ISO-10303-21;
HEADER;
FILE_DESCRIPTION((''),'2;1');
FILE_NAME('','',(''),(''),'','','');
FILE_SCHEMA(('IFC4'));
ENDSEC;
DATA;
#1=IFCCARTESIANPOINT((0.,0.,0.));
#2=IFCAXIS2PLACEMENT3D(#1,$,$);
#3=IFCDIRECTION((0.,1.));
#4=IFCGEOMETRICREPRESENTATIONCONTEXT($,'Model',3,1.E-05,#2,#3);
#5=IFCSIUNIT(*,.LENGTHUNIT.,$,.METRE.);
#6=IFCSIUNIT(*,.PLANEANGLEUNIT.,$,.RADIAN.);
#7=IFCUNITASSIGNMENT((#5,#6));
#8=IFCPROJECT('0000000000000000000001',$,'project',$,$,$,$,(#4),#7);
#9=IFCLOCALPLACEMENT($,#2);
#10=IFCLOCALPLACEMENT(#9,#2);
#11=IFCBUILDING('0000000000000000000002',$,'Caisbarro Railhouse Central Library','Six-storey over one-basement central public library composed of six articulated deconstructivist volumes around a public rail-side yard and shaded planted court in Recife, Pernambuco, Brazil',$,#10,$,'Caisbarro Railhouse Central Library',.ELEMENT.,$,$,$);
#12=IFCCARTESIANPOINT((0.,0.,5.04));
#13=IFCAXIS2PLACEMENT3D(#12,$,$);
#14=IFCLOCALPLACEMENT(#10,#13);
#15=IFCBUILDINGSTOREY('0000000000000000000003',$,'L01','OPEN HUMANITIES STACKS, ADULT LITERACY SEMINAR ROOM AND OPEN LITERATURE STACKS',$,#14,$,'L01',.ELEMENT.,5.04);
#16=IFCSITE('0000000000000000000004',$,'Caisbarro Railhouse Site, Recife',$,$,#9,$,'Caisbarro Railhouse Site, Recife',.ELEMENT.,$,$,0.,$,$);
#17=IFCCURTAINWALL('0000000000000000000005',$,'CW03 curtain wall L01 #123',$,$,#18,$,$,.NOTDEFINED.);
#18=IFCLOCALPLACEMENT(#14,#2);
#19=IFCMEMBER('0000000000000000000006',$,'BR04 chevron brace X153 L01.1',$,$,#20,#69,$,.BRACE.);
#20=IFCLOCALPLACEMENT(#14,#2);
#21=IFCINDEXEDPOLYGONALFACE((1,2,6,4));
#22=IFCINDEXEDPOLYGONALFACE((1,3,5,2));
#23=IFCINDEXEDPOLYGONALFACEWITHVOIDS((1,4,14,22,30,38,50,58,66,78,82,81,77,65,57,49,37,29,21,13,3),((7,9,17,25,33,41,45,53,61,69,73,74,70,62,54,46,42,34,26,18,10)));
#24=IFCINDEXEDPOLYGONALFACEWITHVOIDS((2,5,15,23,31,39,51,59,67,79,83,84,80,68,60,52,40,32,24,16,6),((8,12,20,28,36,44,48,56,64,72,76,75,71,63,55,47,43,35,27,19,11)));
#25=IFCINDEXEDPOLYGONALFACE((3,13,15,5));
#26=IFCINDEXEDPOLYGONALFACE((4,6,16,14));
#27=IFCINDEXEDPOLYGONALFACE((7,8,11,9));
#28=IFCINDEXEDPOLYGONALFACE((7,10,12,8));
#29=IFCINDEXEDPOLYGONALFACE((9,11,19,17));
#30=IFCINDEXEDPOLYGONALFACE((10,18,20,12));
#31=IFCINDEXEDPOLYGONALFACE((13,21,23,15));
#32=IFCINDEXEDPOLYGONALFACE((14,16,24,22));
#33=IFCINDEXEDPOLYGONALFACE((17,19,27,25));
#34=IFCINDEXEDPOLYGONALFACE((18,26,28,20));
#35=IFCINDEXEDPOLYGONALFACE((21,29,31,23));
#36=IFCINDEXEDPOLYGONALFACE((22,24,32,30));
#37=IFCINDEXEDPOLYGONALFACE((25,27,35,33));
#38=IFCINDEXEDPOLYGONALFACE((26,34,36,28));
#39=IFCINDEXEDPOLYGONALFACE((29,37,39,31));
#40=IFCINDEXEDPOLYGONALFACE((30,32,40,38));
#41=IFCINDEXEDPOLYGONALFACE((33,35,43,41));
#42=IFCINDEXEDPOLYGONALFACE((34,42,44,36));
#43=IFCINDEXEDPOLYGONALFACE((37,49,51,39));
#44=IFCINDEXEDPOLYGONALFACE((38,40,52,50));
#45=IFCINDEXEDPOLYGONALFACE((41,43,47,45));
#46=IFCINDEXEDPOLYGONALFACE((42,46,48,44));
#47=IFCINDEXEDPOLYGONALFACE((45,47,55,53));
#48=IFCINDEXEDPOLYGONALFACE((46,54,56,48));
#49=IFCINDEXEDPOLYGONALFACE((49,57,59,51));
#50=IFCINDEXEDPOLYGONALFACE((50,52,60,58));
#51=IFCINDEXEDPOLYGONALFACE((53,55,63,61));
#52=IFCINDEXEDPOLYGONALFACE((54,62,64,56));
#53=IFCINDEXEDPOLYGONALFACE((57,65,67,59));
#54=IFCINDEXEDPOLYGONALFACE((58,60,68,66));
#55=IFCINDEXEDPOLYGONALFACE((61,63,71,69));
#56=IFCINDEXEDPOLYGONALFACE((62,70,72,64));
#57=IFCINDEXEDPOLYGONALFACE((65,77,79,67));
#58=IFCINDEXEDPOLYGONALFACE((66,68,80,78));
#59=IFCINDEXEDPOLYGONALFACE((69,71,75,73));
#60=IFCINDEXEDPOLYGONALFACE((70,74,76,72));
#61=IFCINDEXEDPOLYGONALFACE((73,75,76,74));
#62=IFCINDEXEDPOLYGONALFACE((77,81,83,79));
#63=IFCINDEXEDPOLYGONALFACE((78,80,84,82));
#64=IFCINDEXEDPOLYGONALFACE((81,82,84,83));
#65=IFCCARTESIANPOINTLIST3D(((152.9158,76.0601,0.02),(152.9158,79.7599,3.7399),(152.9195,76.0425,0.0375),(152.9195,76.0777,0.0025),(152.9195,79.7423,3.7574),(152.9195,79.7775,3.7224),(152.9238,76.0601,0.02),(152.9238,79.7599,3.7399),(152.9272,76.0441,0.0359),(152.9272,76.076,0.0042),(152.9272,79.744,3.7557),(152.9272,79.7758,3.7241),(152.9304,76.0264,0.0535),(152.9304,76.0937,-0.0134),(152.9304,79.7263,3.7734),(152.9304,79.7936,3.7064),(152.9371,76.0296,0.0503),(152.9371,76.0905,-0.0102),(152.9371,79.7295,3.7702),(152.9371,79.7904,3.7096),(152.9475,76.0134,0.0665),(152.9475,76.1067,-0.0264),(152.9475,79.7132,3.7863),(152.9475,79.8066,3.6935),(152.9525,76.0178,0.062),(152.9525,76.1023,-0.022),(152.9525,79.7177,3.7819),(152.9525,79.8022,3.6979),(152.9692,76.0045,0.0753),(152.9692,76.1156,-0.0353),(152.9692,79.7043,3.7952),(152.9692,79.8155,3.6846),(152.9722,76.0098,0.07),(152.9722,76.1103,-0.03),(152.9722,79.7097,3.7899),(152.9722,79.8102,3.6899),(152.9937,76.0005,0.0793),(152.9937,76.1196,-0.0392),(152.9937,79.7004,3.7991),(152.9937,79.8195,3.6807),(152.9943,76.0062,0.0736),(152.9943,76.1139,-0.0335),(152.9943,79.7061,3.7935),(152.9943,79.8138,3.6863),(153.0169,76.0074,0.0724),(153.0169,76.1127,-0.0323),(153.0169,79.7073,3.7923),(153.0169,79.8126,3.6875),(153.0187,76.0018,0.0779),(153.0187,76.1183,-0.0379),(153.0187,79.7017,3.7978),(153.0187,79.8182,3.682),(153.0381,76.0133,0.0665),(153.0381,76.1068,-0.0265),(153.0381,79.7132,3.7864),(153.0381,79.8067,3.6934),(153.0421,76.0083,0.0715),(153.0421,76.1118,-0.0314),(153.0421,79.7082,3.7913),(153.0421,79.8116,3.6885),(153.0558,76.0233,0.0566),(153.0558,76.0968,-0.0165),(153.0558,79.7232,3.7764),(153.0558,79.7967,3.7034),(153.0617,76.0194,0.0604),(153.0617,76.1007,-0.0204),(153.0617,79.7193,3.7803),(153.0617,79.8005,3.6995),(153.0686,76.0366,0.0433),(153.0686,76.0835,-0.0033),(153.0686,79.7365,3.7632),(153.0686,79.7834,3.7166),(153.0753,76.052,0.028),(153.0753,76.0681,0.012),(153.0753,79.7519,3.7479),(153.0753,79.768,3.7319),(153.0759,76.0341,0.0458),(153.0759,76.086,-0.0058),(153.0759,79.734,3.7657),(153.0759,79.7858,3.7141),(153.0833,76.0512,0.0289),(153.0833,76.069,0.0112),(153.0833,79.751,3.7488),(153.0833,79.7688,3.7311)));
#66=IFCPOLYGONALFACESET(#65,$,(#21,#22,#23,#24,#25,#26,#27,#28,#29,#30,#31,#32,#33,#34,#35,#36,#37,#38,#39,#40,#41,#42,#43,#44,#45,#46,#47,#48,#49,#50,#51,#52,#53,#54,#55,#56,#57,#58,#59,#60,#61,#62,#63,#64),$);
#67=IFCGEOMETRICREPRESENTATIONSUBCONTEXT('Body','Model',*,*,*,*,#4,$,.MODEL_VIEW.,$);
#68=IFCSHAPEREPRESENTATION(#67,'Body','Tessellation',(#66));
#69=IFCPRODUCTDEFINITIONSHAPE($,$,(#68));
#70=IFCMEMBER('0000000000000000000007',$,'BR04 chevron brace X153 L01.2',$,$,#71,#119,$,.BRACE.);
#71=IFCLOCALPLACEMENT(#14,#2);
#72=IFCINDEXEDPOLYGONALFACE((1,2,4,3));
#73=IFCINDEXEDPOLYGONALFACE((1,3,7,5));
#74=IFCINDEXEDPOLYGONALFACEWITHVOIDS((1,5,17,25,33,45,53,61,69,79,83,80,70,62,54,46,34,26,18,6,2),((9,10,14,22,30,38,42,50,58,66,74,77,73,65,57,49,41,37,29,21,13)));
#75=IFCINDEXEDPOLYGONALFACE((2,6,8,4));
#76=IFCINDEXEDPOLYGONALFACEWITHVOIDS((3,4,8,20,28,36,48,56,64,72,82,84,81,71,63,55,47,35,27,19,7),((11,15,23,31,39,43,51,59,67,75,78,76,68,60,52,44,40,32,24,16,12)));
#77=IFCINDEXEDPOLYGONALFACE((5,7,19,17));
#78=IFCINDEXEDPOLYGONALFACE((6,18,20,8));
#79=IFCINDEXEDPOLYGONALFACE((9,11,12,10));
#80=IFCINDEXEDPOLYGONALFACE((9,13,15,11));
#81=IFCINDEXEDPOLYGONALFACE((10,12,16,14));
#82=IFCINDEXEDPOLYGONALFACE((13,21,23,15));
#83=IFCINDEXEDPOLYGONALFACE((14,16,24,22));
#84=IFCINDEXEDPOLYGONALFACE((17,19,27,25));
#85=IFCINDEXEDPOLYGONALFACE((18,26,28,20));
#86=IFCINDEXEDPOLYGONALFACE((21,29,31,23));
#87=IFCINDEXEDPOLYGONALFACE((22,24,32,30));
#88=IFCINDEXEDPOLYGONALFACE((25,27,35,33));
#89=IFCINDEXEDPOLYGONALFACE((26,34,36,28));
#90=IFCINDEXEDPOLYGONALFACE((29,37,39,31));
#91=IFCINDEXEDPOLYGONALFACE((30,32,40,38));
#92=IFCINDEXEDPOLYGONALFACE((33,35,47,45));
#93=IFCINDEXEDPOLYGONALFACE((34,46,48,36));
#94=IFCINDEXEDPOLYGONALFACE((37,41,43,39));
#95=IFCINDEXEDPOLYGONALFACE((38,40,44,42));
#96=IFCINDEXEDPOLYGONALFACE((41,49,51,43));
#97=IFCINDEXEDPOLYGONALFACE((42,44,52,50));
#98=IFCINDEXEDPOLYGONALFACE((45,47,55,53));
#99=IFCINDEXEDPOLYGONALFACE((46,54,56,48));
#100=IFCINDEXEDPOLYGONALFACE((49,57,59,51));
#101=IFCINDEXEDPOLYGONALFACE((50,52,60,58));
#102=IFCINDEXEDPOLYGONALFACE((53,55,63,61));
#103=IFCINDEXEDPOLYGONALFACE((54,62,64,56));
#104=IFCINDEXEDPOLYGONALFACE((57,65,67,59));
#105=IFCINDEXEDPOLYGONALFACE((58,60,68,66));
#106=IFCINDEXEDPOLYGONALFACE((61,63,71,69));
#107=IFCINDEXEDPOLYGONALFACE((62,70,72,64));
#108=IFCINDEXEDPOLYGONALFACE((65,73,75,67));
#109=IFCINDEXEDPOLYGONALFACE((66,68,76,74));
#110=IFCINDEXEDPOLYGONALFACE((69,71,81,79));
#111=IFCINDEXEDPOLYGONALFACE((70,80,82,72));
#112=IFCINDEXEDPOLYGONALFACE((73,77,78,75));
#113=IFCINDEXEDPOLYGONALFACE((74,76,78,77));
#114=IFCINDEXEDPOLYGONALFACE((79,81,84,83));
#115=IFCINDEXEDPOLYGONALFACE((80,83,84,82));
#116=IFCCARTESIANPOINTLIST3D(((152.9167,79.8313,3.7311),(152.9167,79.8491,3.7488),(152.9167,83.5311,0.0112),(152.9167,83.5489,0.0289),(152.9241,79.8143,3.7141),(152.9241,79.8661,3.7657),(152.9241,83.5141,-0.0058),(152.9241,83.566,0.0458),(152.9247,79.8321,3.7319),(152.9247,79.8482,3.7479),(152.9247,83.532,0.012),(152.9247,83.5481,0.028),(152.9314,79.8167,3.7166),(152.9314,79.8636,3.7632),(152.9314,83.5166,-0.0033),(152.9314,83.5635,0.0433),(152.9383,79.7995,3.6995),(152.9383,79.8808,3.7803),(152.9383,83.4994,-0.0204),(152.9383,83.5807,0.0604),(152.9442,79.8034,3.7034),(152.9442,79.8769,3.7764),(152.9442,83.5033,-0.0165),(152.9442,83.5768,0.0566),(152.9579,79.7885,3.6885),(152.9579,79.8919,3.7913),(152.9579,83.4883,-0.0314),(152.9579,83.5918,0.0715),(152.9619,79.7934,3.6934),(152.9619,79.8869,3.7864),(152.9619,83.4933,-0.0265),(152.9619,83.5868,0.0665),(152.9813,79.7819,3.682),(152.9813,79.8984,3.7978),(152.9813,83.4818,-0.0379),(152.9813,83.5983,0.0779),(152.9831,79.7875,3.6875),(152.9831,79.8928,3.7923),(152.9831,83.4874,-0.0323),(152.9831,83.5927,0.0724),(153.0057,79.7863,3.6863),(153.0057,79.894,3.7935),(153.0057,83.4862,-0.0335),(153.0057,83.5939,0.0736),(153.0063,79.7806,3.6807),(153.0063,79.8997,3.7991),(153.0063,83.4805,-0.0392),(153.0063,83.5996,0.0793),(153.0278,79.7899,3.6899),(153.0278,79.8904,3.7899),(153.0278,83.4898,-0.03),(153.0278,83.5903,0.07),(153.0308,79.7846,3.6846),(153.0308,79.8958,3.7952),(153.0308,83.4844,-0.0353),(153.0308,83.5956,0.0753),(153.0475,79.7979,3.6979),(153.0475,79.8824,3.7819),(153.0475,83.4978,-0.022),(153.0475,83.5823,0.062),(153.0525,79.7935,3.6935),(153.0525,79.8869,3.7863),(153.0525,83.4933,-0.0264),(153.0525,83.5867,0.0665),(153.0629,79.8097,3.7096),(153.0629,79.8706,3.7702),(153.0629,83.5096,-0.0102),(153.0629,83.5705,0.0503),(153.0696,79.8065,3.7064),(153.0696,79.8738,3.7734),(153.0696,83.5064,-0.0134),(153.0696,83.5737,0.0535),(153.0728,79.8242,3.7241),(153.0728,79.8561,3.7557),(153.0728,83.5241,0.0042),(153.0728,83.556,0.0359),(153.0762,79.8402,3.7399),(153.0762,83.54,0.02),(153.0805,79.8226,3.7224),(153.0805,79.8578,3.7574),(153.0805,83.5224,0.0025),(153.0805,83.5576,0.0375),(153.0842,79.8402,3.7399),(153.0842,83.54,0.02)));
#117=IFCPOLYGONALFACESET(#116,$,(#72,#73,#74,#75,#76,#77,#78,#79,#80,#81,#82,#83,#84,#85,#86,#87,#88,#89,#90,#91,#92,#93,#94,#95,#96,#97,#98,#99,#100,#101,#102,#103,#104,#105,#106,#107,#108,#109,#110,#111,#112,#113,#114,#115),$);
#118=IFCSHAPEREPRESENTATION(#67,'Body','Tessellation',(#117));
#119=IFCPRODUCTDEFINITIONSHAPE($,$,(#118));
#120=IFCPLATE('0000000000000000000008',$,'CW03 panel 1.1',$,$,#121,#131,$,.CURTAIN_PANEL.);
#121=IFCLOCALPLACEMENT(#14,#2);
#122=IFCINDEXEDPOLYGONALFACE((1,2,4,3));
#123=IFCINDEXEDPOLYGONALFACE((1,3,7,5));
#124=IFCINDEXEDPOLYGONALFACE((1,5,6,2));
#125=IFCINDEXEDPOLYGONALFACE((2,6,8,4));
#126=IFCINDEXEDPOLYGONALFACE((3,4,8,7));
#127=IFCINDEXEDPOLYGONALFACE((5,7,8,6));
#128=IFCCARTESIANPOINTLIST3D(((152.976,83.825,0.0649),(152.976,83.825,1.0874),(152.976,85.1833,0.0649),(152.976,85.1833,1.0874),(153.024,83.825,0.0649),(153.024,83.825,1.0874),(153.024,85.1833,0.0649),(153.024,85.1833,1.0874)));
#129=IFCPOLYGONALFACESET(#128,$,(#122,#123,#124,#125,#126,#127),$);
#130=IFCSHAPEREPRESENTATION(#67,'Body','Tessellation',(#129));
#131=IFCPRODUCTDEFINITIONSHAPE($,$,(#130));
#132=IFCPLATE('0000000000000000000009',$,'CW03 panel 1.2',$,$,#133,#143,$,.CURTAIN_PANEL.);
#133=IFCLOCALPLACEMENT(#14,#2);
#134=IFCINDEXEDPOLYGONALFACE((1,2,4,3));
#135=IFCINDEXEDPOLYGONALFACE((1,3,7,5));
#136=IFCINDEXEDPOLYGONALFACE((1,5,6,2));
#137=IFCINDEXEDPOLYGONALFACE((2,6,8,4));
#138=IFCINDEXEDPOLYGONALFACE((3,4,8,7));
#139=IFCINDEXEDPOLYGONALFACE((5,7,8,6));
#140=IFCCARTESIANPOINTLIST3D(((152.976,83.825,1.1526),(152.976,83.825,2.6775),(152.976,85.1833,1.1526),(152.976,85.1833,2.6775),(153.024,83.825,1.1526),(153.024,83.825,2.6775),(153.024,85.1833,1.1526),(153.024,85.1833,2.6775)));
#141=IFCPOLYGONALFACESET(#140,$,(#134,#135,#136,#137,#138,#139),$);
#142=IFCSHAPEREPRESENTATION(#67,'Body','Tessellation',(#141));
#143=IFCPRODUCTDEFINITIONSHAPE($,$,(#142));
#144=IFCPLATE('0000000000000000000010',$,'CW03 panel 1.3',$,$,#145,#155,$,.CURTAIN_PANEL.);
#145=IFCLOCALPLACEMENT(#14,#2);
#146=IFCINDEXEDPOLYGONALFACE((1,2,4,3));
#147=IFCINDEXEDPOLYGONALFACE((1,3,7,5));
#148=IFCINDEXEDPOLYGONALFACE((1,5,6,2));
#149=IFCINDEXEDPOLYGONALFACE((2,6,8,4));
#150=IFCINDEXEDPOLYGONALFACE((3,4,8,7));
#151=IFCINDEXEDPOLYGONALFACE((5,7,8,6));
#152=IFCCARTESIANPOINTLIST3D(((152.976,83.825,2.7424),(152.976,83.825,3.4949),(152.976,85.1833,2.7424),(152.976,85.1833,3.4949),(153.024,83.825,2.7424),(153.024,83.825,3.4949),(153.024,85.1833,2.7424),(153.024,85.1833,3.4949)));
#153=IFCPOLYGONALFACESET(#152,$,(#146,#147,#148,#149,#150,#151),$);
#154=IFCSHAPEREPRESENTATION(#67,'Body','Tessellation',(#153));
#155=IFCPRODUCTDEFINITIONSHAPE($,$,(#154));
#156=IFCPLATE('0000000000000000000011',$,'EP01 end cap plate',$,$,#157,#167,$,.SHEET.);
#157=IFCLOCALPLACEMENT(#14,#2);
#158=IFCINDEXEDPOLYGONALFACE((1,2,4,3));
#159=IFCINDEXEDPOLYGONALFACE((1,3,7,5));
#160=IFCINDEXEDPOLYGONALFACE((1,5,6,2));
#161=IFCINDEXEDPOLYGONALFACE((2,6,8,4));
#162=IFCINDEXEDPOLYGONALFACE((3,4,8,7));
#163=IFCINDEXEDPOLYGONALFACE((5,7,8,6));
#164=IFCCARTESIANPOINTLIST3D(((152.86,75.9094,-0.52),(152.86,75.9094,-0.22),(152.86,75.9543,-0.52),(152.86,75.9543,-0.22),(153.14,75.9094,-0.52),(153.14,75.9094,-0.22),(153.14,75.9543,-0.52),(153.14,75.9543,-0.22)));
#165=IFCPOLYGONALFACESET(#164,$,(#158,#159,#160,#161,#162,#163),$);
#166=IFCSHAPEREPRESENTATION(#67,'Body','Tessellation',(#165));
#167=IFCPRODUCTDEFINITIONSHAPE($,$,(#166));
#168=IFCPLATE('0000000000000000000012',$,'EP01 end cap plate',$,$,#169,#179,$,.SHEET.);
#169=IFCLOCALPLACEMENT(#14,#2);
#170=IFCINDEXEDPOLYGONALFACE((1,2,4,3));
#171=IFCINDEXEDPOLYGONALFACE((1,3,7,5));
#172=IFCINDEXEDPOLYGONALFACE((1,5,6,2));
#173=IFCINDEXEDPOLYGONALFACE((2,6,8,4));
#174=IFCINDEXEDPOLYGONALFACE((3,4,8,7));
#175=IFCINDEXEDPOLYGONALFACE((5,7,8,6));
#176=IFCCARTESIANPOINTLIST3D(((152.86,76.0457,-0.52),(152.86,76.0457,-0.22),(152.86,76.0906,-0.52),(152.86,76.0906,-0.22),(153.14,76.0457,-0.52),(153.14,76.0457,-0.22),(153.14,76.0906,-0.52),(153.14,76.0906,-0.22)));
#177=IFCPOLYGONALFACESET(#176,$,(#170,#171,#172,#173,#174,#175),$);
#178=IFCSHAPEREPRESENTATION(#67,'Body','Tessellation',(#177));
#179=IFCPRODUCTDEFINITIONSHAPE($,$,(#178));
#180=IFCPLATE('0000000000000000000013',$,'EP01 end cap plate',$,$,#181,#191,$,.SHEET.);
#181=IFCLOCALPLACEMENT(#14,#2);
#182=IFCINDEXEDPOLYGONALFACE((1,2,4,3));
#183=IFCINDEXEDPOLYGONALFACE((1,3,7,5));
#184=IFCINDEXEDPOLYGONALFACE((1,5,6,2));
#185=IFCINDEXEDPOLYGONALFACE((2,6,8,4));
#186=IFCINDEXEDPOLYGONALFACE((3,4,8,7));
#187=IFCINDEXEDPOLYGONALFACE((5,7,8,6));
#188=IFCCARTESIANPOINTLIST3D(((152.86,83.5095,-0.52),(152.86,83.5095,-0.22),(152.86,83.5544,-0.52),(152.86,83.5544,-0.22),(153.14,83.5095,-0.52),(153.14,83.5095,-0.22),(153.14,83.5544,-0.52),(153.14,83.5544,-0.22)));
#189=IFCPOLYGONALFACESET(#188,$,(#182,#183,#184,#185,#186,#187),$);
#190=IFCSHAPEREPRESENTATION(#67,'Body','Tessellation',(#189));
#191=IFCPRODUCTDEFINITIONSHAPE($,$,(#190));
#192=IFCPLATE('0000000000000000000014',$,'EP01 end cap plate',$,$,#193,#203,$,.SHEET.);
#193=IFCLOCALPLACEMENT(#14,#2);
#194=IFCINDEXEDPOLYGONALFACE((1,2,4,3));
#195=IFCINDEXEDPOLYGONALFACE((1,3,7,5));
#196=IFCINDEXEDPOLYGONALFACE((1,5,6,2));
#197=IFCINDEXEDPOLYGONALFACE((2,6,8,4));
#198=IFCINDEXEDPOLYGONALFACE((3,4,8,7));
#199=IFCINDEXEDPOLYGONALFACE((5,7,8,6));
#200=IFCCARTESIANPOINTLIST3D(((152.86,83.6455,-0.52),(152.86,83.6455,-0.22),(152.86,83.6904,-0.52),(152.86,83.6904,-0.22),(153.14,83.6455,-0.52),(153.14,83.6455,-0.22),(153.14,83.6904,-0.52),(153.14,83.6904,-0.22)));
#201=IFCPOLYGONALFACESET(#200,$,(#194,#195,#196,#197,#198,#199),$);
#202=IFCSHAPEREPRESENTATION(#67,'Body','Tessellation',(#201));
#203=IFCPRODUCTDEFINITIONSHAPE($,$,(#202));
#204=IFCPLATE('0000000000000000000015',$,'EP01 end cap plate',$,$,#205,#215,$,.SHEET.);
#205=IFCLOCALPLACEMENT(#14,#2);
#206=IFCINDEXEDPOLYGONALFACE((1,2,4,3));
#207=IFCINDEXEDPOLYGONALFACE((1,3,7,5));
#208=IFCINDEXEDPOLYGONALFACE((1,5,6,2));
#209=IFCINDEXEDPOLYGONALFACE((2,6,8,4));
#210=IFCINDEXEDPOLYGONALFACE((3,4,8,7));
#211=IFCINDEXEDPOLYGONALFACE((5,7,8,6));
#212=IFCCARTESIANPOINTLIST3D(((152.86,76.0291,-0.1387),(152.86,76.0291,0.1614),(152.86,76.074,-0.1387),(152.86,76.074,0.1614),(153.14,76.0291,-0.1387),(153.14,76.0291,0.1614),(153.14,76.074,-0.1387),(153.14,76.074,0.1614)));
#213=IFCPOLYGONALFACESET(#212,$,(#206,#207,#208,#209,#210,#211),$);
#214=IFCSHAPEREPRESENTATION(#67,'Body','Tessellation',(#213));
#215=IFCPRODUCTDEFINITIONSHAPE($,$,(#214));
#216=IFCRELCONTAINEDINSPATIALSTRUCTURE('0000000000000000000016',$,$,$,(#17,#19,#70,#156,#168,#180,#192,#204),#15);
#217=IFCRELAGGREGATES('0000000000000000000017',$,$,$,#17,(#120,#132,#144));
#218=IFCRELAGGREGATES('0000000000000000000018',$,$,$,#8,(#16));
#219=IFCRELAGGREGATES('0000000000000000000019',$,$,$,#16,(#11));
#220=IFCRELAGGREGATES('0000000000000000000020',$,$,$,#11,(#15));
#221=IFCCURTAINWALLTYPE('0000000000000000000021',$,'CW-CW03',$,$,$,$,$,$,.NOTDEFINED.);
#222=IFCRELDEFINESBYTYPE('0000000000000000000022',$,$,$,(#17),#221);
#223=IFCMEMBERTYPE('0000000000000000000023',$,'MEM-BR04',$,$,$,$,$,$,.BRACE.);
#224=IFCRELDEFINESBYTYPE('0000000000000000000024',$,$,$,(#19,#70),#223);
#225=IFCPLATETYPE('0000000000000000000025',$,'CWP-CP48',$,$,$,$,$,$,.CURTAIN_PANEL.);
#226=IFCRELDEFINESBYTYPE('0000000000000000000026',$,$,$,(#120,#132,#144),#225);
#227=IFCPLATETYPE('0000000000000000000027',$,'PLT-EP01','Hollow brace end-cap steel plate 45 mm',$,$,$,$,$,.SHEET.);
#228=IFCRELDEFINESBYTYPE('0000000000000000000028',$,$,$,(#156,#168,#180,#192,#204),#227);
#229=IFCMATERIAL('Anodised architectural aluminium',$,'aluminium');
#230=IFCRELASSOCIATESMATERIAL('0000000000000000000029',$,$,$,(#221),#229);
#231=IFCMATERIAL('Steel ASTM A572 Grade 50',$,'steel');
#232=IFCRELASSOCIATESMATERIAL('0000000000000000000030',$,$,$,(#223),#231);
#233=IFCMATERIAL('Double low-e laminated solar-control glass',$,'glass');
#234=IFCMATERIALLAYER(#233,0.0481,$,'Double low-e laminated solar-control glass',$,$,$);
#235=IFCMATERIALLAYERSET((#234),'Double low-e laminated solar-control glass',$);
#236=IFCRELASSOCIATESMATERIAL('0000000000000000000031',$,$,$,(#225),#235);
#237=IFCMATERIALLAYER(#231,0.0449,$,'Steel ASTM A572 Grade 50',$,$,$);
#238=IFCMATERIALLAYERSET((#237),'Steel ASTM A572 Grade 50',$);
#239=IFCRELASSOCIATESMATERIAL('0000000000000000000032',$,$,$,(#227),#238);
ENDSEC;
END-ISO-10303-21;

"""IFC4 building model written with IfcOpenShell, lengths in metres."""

from ifc_helpers import new_model, si_unit, direction, frame, origin, origin_2d, place, context, subcontext, project, spatial, rectangle, hollow_circle, extrude, material, layer, layer_set, material_profile, profile_set, type_object, element, aggregate, save


model = new_model("IFC4")

# Units and contexts
model_context = context("Model", 3, precision=1e-05, world=origin(), true_north=direction((0.0, 1.0)))
body_context = subcontext(model_context, "Body", "Model", "MODEL_VIEW")
ifc_project = project(units=[si_unit("LENGTHUNIT", "METRE"), si_unit("PLANEANGLEUNIT", "RADIAN")], contexts=[model_context])

# Site, building, storey
site_placement = place(None, origin())
site = spatial("IfcSite", under=ifc_project, at=site_placement, Name="Caisbarro Railhouse Site, Recife", LongName="Caisbarro Railhouse Site, Recife", CompositionType="ELEMENT", RefElevation=0.0)
building_placement = place(site_placement, origin())
building = spatial("IfcBuilding", under=site, at=building_placement, Name="Caisbarro Railhouse Central Library", Description="Six-storey over one-basement central public library composed of six articulated deconstructivist volumes around a public rail-side yard and shaded planted court in Recife, Pernambuco, Brazil", LongName="Caisbarro Railhouse Central Library", CompositionType="ELEMENT")
storey_placement = place(building_placement, frame((0.0, 0.0, 5.04)))
storey = spatial("IfcBuildingStorey", under=building, at=storey_placement, Name="L01", Description="OPEN HUMANITIES STACKS, ADULT LITERACY SEMINAR ROOM AND OPEN LITERATURE STACKS", LongName="L01", CompositionType="ELEMENT", Elevation=5.04)

# Shared definitions
ifc_material_1 = material(Name="Steel ASTM A572 Grade 50", Category="steel")

# Shared definitions
ifc_material_2 = material(Name="Anodised architectural aluminium", Category="aluminium")
curtain_wall_type = type_object("IfcCurtainWallType", Name="CW-CW03", PredefinedType="NOTDEFINED", material=ifc_material_2)

# Curtain wall
curtain_wall_1_placement = place(storey_placement, origin())
curtain_wall_1 = element("IfcCurtainWall", 1, at=curtain_wall_1_placement, inside=storey, type_object=curtain_wall_type, Name="CW03 curtain wall L01 #123", PredefinedType="NOTDEFINED")

# Members
ifc_material_profile_1 = material_profile(ifc_material_1, hollow_circle(Radius=0.0842, WallThickness=0.0081, at=origin_2d()), Name="CHS168.3X8")
ifc_profile_set_1 = profile_set([ifc_material_profile_1], Name="Steel ASTM A572 Grade 50")
member_type_1 = type_object("IfcMemberType", Name="MEM-BR04", PredefinedType="BRACE", material=ifc_profile_set_1)
for number, where, z_axis, x_axis, name in (
    (2, (153.0, 76.0601, 0.02), (0.0, 0.705196, 0.709012), (-1.0, 0.0, 0.0), "BR04 chevron brace X153 L01.1"),
    (3, (153.0, 83.54, 0.02), (0.0, -0.705196, 0.709012), (1.0, 0.0, 0.0), "BR04 chevron brace X153 L01.2"),
):
    element("IfcMember", number, at=place(storey_placement, frame(where, z_axis=z_axis, x_axis=x_axis)), inside=storey, type_object=member_type_1, Name=name, PredefinedType="BRACE", context=body_context, shape_type="SweptSolid", body=[
        extrude(hollow_circle(Radius=0.0842, WallThickness=0.0081, at=origin_2d()), origin(), (0.0, 0.0, 1.0), 5.2466),
    ])

# Plates
ifc_material_3 = material(Name="Double low-e laminated solar-control glass", Category="glass")
ifc_layer_1 = layer(ifc_material_3, 0.0481, Name="Double low-e laminated solar-control glass")
ifc_layer_set_1 = layer_set([ifc_layer_1], Name="Double low-e laminated solar-control glass")
plate_type_1 = type_object("IfcPlateType", Name="CWP-CP48", PredefinedType="CURTAIN_PANEL", material=ifc_layer_set_1)
plate_1_placement = place(storey_placement, frame((153.0, 84.5042, 0.0649), z_axis=(0.0, 0.0, 1.0), x_axis=(0.0, 1.0, 0.0)))
plate_1 = element("IfcPlate", 4, at=plate_1_placement, type_object=plate_type_1, Name="CW03 panel 1.1", PredefinedType="CURTAIN_PANEL", context=body_context, shape_type="SweptSolid", body=[
    extrude(rectangle(XDim=1.3584, YDim=0.0481, at=origin_2d()), origin(), (0.0, 0.0, 1.0), 1.0225),
])
plate_2_placement = place(storey_placement, frame((153.0, 84.5042, 1.1526), z_axis=(0.0, 0.0, 1.0), x_axis=(0.0, 1.0, 0.0)))
plate_2 = element("IfcPlate", 5, at=plate_2_placement, type_object=plate_type_1, Name="CW03 panel 1.2", PredefinedType="CURTAIN_PANEL", context=body_context, shape_type="SweptSolid", body=[
    extrude(rectangle(XDim=1.3584, YDim=0.0481, at=origin_2d()), origin(), (0.0, 0.0, 1.0), 1.5249),
])
plate_3_placement = place(storey_placement, frame((153.0, 84.5042, 2.7424), z_axis=(0.0, 0.0, 1.0), x_axis=(0.0, 1.0, 0.0)))
plate_3 = element("IfcPlate", 6, at=plate_3_placement, type_object=plate_type_1, Name="CW03 panel 1.3", PredefinedType="CURTAIN_PANEL", context=body_context, shape_type="SweptSolid", body=[
    extrude(rectangle(XDim=1.3584, YDim=0.0481, at=origin_2d()), origin(), (0.0, 0.0, 1.0), 0.7524),
])
aggregate(curtain_wall_1, [plate_1, plate_2, plate_3])

# Plates
ifc_layer_2 = layer(ifc_material_1, 0.0449, Name="Steel ASTM A572 Grade 50")
ifc_layer_set_2 = layer_set([ifc_layer_2], Name="Steel ASTM A572 Grade 50")
plate_type_2 = type_object("IfcPlateType", Name="PLT-EP01", Description="Hollow brace end-cap steel plate 45 mm", PredefinedType="SHEET", material=ifc_layer_set_2)
for number, where, z_axis, x_axis, name in (
    (7, (153.0, 75.9319, -0.52), (0.0, 0.0, 1.0), (0.0, 1.0, 0.0), "EP01 end cap plate"),
    (8, (153.0, 76.0681, -0.52), (0.0, 0.0, 1.0), (0.0, 1.0, 0.0), "EP01 end cap plate"),
    (9, (153.0, 83.532, -0.52), (0.0, 0.0, 1.0), (0.0, 1.0, 0.0), "EP01 end cap plate"),
    (10, (153.0, 83.668, -0.52), (0.0, 0.0, 1.0), (0.0, 1.0, 0.0), "EP01 end cap plate"),
    (11, (153.0, 76.0515, -0.1387), (0.0, 0.0, 1.0), (0.0, 1.0, 0.0), "EP01 end cap plate"),
):
    element("IfcPlate", number, at=place(storey_placement, frame(where, z_axis=z_axis, x_axis=x_axis)), inside=storey, type_object=plate_type_2, Name=name, PredefinedType="SHEET", context=body_context, shape_type="SweptSolid", body=[
        extrude(rectangle(XDim=0.0449, YDim=0.28, at=origin_2d()), origin(), (0.0, 0.0, 1.0), 0.3),
    ])

save(model, "model.ifc")
